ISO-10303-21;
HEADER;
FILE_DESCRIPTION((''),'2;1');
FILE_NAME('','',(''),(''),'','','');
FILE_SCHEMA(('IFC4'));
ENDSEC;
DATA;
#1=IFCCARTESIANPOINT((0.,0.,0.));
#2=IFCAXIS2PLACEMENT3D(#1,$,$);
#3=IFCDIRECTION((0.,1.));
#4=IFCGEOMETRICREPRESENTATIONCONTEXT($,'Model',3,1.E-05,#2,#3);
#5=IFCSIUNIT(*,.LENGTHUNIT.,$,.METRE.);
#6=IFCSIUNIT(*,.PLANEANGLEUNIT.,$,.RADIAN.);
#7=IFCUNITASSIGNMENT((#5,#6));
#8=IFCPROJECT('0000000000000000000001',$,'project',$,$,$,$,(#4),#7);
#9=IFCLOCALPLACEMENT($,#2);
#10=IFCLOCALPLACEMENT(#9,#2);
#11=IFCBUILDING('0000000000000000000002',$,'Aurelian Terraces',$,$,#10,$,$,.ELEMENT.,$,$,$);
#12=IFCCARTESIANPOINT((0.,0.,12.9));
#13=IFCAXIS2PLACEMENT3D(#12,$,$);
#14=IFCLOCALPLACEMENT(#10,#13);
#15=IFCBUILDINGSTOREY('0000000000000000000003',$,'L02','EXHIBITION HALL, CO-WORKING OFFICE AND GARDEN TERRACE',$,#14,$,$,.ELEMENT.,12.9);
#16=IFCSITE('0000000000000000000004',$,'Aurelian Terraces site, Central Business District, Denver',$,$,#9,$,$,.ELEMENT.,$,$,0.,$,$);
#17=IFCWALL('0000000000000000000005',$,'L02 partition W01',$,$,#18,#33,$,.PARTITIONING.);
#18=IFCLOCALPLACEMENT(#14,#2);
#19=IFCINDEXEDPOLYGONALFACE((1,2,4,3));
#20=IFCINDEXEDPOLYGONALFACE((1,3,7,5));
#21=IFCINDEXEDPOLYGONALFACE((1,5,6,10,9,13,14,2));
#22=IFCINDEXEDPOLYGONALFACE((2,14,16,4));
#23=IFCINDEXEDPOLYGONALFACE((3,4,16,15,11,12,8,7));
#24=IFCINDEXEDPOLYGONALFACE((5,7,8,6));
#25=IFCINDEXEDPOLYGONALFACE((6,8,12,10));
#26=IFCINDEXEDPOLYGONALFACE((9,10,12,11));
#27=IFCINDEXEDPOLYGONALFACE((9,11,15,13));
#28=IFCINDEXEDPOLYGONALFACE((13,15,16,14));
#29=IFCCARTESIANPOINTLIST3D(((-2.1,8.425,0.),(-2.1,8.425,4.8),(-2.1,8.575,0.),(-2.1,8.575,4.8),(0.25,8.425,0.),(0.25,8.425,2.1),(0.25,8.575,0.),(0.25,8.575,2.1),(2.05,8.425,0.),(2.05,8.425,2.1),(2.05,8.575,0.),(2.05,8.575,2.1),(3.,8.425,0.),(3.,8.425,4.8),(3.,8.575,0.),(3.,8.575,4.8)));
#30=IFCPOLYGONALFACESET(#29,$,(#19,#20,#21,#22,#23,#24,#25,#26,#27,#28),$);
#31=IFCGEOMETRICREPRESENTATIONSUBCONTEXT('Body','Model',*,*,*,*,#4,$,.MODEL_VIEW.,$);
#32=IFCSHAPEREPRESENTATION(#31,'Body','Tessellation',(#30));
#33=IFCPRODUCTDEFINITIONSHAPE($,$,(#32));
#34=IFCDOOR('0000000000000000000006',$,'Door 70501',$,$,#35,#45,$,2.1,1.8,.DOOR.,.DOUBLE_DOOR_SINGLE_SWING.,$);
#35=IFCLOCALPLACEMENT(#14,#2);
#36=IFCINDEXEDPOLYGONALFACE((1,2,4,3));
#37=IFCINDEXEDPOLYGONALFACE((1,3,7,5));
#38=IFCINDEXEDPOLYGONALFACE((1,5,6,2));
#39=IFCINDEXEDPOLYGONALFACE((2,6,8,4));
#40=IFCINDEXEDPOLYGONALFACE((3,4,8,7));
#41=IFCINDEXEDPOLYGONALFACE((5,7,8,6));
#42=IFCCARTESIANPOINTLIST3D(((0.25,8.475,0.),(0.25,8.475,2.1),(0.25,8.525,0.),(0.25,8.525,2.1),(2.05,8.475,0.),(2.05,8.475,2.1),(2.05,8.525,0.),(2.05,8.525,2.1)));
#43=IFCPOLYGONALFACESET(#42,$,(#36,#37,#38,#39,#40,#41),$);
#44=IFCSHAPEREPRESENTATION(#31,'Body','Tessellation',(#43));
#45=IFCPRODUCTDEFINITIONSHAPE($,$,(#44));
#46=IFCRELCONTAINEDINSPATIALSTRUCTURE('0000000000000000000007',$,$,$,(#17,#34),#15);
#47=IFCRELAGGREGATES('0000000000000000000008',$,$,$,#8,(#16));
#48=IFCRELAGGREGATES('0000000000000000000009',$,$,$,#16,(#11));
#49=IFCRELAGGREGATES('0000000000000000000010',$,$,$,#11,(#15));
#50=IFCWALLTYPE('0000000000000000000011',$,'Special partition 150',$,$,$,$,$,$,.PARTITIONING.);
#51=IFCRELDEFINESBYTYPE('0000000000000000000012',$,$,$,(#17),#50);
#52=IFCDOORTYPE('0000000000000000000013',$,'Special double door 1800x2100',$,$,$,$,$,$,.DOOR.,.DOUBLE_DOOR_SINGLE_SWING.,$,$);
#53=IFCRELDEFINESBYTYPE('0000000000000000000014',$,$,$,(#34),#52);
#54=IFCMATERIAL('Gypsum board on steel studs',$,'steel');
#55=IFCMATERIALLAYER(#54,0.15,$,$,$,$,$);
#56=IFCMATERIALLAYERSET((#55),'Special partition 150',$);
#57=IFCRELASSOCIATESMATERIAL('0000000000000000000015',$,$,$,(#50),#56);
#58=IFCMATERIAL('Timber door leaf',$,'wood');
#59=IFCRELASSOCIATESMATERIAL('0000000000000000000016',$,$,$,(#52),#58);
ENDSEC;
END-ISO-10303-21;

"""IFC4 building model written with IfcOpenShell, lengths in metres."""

from ifc_helpers import new_model, si_unit, direction, frame, frame_2d, origin, place, context, subcontext, project, spatial, rectangle, extrude, source, transform, mapped, material, layer, layer_set, type_object, element, fill, save


model = new_model("IFC4")

# Units and contexts
model_context = context("Model", 3, precision=1e-05, world=origin(), true_north=direction((0.0, 1.0)))
body_context = subcontext(model_context, "Body", "Model", "MODEL_VIEW")
ifc_project = project(units=[si_unit("LENGTHUNIT", "METRE"), si_unit("PLANEANGLEUNIT", "RADIAN")], contexts=[model_context])

# Site, building, storey
site_placement = place(None, origin())
site = spatial("IfcSite", under=ifc_project, at=site_placement, Name="Aurelian Terraces site, Central Business District, Denver", CompositionType="ELEMENT", RefElevation=0.0)
building_placement = place(site_placement, origin())
building = spatial("IfcBuilding", under=site, at=building_placement, Name="Aurelian Terraces", CompositionType="ELEMENT")
storey_placement = place(building_placement, frame((0.0, 0.0, 12.9)))
storey = spatial("IfcBuildingStorey", under=building, at=storey_placement, Name="L02", Description="EXHIBITION HALL, CO-WORKING OFFICE AND GARDEN TERRACE", CompositionType="ELEMENT", Elevation=12.9)

# Wall, opening, door
ifc_material_1 = material(Name="Gypsum board on steel studs", Category="steel")
ifc_layer_1 = layer(ifc_material_1, 0.15)
ifc_layer_set_1 = layer_set([ifc_layer_1], Name="Special partition 150")
wall_type_1 = type_object("IfcWallType", Name="Special partition 150", PredefinedType="PARTITIONING", material=ifc_layer_set_1)
shared_shape_1 = source(origin(), body_context, "Body", "SweptSolid", [
    extrude(rectangle(XDim=5.1, YDim=0.15, at=frame_2d((2.55, 0.0))), origin(), (0.0, 0.0, 1.0), 4.8),
])
wall_1_placement = place(storey_placement, frame((-2.1, 8.5, 0.0), z_axis=(0.0, 0.0, 1.0), x_axis=(1.0, 0.0, 0.0)))
wall_1 = element("IfcWall", 1, at=wall_1_placement, inside=storey, type_object=wall_type_1, Name="L02 partition W01", PredefinedType="PARTITIONING", context=body_context, shape_type="MappedRepresentation", body=[
    mapped(shared_shape_1, transform((0.0, 0.0, 0.0), scale=1.0)),
])
shared_shape_2 = source(origin(), body_context, "Body", "SweptSolid", [
    extrude(rectangle(XDim=1.8, YDim=2.1, at=frame_2d((0.9, 1.05))), frame((0.0, 0.085, 0.0), z_axis=(0.0, -1.0, 0.0), x_axis=(1.0, 0.0, 0.0)), (0.0, 0.0, 1.0), 0.17),
])
opening_1_placement = place(wall_1_placement, frame((2.35, 0.0, 0.0)))
opening_1 = element("IfcOpeningElement", 2, at=opening_1_placement, cuts=wall_1, PredefinedType="OPENING", context=body_context, shape_type="MappedRepresentation", body=[
    mapped(shared_shape_2, transform((0.0, 0.0, 0.0), scale=1.0)),
])
ifc_material_2 = material(Name="Timber door leaf", Category="wood")
door_type_1 = type_object("IfcDoorType", Name="Special double door 1800x2100", OperationType="DOUBLE_DOOR_SINGLE_SWING", PredefinedType="DOOR", material=ifc_material_2)
shared_shape_3 = source(origin(), body_context, "Body", "SweptSolid", [
    extrude(rectangle(XDim=1.8, YDim=2.1, at=frame_2d((0.9, 1.05))), frame((0.0, 0.025, 0.0), z_axis=(0.0, -1.0, 0.0), x_axis=(1.0, 0.0, 0.0)), (0.0, 0.0, 1.0), 0.05),
])
door_1_placement = place(opening_1_placement, origin())
door_1 = element("IfcDoor", 3, at=door_1_placement, inside=storey, type_object=door_type_1, Name="Door 70501", OperationType="DOUBLE_DOOR_SINGLE_SWING", OverallHeight=2.1, OverallWidth=1.8, PredefinedType="DOOR", context=body_context, shape_type="MappedRepresentation", body=[
    mapped(shared_shape_3, transform((0.0, 0.0, 0.0), scale=1.0)),
])
fill(opening_1, door_1)

save(model, "model.ifc")
